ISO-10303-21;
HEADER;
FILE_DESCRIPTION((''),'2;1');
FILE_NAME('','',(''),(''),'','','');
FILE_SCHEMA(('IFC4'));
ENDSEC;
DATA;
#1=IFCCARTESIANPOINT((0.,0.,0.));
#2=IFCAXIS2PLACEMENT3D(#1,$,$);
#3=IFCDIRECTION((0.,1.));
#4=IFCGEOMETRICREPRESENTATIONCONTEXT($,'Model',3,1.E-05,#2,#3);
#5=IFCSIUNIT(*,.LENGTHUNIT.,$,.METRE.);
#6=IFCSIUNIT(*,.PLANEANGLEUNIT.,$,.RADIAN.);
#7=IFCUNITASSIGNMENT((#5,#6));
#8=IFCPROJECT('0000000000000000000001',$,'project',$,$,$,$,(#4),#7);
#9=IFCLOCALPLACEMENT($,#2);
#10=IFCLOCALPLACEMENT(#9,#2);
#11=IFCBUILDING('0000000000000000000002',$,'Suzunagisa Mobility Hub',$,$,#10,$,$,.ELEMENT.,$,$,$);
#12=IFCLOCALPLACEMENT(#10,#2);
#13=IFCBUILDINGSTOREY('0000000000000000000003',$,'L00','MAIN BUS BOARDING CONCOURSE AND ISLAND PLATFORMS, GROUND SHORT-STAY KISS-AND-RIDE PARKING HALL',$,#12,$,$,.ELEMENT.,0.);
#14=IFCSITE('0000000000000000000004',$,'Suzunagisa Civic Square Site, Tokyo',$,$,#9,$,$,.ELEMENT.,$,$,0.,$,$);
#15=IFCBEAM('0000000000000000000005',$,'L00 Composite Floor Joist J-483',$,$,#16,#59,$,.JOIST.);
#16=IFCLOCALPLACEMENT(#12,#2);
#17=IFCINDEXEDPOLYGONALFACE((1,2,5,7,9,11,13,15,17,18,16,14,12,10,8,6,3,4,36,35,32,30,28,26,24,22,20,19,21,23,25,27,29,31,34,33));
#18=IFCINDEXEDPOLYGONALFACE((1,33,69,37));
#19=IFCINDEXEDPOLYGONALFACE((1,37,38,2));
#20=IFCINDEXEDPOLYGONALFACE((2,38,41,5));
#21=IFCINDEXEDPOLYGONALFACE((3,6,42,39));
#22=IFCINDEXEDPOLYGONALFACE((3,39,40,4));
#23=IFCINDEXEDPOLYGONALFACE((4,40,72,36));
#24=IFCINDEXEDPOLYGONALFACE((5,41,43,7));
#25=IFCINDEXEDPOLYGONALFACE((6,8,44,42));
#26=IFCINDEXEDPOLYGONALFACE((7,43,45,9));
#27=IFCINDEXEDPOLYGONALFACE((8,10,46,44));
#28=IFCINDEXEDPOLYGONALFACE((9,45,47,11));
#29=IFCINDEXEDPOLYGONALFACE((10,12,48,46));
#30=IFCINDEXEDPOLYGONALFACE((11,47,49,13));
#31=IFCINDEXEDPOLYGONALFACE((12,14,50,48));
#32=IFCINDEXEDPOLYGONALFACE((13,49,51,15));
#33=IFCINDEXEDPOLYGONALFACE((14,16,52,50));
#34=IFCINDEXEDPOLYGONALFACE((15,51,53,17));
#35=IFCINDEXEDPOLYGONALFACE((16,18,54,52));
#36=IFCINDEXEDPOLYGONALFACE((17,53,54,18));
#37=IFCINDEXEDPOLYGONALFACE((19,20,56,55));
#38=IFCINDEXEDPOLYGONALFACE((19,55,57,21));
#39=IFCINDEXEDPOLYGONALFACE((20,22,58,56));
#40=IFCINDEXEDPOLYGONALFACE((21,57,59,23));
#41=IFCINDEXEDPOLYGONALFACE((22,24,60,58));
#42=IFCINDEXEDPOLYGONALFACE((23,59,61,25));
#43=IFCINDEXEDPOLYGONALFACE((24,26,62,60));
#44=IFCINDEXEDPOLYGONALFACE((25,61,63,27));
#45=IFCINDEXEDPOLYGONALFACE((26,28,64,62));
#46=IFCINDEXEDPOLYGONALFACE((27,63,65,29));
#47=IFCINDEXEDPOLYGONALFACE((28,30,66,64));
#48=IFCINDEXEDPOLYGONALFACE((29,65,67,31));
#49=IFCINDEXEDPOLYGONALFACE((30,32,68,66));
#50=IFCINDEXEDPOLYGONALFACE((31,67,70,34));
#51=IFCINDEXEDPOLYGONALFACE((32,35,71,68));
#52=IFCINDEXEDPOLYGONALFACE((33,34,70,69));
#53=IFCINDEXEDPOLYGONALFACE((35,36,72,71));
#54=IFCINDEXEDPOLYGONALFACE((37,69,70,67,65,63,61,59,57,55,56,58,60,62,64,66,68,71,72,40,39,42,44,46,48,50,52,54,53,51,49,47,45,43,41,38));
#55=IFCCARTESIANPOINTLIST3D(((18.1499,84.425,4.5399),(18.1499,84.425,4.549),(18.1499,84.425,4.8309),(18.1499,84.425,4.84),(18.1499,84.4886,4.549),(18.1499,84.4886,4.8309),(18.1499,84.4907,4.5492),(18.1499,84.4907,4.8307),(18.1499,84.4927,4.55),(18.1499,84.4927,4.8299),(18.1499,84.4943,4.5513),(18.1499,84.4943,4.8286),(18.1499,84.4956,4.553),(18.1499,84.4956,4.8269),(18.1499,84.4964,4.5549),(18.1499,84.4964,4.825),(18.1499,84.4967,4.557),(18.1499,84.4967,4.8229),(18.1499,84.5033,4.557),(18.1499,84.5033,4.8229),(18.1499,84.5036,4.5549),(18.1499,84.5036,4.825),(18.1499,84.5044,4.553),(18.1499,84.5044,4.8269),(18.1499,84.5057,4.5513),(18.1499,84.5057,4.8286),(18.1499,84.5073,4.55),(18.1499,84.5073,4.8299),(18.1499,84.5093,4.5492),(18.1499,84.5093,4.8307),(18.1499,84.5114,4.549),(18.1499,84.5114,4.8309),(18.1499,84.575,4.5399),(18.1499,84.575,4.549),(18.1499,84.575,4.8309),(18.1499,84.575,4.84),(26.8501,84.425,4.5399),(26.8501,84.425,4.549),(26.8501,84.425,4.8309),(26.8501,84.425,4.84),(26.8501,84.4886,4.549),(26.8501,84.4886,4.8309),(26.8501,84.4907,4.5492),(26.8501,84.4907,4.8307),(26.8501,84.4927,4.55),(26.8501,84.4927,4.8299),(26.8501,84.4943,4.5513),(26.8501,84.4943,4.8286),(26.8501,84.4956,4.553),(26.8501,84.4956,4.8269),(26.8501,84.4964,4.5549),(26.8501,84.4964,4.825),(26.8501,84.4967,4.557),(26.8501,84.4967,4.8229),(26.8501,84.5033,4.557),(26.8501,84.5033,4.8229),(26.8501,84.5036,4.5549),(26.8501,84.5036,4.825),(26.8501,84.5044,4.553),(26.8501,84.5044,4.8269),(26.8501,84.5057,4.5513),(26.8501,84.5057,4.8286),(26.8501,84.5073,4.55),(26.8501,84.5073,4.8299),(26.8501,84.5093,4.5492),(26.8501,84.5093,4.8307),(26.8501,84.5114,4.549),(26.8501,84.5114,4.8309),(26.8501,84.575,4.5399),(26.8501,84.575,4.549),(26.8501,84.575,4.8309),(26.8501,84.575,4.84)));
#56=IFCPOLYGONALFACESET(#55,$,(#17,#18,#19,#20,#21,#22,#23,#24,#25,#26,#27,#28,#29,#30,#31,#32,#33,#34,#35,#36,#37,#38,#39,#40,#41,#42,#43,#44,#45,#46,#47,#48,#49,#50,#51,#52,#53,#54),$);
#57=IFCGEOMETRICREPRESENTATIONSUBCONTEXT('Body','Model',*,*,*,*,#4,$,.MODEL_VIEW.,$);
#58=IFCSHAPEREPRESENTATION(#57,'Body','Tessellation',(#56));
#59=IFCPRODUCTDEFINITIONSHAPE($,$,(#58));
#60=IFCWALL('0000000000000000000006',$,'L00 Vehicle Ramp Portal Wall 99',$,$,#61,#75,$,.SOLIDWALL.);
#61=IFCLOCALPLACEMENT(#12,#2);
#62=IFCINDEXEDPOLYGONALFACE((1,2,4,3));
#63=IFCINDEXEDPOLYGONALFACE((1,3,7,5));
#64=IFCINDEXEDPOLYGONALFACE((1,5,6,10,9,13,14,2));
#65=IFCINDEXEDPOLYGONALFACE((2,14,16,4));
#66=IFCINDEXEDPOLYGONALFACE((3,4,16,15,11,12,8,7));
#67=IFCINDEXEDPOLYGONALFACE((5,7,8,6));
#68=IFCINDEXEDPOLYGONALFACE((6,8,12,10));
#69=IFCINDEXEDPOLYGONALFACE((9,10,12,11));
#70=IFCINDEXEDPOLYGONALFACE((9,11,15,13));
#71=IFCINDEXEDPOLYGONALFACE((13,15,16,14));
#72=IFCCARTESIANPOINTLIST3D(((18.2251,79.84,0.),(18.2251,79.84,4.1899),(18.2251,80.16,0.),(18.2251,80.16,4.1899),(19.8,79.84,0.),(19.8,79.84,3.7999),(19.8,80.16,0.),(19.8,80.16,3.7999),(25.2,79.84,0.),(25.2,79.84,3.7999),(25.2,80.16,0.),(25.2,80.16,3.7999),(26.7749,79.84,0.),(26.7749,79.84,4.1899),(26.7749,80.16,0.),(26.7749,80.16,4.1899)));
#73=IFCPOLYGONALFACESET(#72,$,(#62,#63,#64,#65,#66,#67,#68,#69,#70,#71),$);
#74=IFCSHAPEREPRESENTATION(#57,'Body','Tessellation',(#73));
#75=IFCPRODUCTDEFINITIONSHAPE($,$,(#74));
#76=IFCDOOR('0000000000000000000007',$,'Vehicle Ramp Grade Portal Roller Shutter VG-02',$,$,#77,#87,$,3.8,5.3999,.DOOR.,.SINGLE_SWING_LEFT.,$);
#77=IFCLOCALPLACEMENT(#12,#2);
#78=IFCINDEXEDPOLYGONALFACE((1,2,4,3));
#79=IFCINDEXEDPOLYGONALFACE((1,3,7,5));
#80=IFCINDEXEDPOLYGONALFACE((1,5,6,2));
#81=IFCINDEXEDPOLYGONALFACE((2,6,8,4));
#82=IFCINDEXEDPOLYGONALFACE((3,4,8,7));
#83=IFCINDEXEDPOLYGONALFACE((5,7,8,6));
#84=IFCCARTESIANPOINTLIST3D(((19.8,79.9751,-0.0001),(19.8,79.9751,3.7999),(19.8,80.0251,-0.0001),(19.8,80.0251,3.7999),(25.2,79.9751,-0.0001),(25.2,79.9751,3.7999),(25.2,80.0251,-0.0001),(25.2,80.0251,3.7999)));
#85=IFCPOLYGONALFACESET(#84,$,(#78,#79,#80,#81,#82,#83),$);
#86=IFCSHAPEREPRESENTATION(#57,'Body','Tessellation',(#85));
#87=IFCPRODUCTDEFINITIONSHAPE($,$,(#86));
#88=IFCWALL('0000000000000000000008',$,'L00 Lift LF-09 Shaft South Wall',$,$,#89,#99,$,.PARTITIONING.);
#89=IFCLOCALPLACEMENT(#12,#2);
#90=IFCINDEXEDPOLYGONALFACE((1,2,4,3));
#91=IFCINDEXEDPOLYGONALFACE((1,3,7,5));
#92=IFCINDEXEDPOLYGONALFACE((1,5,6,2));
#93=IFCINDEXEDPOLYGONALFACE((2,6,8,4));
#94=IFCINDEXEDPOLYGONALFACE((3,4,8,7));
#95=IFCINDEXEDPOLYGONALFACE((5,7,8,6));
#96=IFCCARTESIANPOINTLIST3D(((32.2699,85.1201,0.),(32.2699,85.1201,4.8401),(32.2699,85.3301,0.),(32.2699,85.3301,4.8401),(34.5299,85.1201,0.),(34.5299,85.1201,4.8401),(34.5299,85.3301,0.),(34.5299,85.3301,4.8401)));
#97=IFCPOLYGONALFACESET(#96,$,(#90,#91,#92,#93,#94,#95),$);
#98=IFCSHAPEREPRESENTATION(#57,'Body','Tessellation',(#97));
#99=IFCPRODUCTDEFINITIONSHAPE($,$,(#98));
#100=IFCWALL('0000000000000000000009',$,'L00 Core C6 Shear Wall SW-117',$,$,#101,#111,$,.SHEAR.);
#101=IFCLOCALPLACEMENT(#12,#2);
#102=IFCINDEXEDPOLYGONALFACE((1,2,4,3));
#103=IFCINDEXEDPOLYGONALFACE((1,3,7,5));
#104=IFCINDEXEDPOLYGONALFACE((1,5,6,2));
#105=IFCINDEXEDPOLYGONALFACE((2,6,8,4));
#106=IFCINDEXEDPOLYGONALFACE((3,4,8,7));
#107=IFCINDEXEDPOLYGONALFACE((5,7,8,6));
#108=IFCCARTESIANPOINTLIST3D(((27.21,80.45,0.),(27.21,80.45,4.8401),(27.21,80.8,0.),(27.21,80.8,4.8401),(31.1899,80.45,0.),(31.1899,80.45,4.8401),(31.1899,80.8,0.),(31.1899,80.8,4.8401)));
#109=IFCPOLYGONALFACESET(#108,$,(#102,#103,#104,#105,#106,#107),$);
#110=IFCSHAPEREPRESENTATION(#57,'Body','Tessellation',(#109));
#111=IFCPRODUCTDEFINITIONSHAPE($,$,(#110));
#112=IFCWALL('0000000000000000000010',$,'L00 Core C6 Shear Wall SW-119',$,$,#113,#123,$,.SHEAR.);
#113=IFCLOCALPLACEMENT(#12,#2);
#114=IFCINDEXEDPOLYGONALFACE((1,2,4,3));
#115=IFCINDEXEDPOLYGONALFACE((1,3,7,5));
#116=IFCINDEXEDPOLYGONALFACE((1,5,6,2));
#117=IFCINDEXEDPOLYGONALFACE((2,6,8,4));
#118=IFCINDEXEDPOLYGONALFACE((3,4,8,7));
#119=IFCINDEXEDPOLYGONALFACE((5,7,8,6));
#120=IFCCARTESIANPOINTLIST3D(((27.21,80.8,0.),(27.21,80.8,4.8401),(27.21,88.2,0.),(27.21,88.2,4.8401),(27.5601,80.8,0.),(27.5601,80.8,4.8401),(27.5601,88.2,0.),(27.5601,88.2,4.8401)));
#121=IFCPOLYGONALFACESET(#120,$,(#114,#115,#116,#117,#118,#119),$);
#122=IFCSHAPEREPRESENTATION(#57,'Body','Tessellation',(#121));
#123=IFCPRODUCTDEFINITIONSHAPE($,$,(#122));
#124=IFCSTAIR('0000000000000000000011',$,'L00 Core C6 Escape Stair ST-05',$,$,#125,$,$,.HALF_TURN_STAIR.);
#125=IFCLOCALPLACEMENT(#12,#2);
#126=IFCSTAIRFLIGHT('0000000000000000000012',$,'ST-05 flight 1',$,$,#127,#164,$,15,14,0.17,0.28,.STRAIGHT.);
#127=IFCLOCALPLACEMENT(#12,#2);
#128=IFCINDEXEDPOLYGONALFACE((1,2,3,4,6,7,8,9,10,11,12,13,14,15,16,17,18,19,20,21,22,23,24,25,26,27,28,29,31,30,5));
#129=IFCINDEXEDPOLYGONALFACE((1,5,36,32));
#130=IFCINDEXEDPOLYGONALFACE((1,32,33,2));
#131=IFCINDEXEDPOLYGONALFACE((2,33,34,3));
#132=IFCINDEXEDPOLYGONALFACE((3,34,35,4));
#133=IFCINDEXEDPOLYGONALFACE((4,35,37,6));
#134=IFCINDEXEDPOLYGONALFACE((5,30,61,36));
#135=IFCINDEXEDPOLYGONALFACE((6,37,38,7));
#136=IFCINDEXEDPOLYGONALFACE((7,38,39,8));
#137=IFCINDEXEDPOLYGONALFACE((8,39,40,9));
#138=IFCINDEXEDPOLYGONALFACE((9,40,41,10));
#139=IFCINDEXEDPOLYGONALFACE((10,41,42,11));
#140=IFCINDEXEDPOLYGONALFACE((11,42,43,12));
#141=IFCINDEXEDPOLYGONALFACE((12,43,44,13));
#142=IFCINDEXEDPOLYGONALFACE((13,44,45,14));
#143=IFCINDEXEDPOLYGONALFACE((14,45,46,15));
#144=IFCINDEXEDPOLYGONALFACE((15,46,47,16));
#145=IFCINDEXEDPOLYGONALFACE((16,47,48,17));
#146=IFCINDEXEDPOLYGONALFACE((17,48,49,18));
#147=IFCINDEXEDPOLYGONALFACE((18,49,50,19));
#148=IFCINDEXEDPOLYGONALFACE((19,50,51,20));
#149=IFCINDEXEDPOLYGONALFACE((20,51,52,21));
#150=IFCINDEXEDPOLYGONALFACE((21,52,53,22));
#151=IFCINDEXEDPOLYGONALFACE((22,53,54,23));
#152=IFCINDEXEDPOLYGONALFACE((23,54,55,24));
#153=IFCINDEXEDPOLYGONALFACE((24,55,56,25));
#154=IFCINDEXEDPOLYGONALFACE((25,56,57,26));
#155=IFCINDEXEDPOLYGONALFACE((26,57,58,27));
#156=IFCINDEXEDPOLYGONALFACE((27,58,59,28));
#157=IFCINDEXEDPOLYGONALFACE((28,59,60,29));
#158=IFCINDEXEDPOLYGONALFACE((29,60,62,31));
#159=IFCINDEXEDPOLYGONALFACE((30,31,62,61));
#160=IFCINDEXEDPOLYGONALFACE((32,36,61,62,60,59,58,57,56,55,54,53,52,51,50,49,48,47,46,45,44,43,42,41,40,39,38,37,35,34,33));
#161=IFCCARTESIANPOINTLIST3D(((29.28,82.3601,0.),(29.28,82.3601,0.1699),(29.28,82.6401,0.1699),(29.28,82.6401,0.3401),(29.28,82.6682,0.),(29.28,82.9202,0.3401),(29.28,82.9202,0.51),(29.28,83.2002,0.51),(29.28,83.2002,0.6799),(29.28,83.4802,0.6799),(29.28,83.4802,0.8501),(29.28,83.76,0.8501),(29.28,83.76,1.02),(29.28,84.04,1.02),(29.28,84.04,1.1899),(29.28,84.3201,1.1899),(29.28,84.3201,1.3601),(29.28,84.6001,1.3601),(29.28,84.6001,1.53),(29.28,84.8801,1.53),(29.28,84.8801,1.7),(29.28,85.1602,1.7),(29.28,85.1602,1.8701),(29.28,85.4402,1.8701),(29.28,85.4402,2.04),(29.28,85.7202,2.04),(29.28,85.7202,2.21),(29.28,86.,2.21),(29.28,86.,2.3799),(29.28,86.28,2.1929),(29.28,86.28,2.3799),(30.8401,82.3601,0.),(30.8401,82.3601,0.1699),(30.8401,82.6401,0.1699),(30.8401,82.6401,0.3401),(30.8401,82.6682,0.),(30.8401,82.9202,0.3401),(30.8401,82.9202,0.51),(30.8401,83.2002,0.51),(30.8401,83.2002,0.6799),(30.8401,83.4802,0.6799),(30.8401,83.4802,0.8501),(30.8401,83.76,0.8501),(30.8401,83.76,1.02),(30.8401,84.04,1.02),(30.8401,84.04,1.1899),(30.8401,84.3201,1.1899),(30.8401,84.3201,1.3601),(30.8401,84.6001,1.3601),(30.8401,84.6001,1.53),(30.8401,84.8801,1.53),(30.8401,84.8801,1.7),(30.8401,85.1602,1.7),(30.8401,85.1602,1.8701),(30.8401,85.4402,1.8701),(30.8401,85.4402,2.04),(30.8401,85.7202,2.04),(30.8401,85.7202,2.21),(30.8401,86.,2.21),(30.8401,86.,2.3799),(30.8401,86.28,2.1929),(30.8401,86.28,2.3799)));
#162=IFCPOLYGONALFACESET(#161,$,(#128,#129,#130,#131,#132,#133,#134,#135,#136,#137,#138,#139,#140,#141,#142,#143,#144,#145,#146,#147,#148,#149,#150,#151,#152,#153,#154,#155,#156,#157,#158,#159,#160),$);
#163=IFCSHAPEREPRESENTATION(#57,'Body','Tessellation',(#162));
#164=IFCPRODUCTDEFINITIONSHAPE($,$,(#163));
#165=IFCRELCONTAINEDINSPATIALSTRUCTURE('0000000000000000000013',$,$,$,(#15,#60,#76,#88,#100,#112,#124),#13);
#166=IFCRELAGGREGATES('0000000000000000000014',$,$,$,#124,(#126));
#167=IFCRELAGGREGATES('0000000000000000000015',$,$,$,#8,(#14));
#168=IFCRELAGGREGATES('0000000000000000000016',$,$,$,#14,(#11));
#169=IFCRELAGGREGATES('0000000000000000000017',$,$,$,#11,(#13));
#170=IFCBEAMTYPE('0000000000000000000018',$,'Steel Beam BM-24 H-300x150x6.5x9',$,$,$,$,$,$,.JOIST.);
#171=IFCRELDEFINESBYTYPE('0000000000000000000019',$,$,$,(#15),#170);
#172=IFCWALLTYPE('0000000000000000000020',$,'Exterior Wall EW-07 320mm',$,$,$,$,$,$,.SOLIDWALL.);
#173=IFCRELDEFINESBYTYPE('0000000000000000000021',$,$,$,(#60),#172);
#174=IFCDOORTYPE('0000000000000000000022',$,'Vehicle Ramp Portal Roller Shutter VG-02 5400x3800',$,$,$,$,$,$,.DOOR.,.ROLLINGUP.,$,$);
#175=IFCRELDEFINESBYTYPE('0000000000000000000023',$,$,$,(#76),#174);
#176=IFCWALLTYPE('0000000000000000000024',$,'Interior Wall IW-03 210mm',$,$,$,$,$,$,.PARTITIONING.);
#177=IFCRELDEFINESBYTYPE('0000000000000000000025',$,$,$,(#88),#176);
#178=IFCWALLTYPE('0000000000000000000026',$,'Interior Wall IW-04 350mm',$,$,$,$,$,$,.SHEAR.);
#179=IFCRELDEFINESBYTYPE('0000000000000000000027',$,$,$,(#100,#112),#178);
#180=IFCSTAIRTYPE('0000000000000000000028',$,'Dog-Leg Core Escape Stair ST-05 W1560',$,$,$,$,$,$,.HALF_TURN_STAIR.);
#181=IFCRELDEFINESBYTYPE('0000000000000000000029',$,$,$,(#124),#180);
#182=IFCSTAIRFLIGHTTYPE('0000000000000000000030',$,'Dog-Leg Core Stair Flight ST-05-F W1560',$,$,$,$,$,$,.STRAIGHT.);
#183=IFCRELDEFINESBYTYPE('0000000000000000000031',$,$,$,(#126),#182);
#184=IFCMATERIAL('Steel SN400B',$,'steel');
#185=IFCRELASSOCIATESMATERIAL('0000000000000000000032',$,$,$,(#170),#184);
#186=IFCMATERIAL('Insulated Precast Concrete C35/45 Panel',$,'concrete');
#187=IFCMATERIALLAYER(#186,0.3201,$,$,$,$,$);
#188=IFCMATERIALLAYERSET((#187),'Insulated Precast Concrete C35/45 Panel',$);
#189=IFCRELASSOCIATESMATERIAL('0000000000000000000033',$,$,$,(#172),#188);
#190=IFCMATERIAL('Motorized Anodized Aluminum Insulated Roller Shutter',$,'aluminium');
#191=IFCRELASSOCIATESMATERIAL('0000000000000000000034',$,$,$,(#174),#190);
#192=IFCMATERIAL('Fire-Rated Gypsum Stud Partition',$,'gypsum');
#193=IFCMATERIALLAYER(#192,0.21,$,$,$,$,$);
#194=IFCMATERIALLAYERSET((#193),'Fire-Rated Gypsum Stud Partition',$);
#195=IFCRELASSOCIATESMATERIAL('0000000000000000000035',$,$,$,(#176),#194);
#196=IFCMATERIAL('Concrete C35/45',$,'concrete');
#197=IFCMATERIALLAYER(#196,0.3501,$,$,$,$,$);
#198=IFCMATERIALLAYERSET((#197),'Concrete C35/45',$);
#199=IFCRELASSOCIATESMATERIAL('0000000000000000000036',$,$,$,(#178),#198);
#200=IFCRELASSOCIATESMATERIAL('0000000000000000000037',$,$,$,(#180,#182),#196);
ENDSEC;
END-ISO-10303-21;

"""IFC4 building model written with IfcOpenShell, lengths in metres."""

from ifc_helpers import new_model, si_unit, direction, frame, frame_2d, origin, origin_2d, place, context, subcontext, project, spatial, polyline, rectangle, i_section, outline, extrude, material, layer, layer_set, material_profile, profile_set, type_object, element, fill, aggregate, save


model = new_model("IFC4")

# Units and contexts
model_context = context("Model", 3, precision=1e-05, world=origin(), true_north=direction((0.0, 1.0)))
body_context = subcontext(model_context, "Body", "Model", "MODEL_VIEW")
ifc_project = project(units=[si_unit("LENGTHUNIT", "METRE"), si_unit("PLANEANGLEUNIT", "RADIAN")], contexts=[model_context])

# Site, building, storey
site_placement = place(None, origin())
site = spatial("IfcSite", under=ifc_project, at=site_placement, Name="Suzunagisa Civic Square Site, Tokyo", CompositionType="ELEMENT", RefElevation=0.0)
building_placement = place(site_placement, origin())
building = spatial("IfcBuilding", under=site, at=building_placement, Name="Suzunagisa Mobility Hub", CompositionType="ELEMENT")
storey_placement = place(building_placement, origin())
storey = spatial("IfcBuildingStorey", under=building, at=storey_placement, Name="L00", Description="MAIN BUS BOARDING CONCOURSE AND ISLAND PLATFORMS, GROUND SHORT-STAY KISS-AND-RIDE PARKING HALL", CompositionType="ELEMENT", Elevation=0.0)

# Beam
ifc_material_1 = material(Name="Steel SN400B", Category="steel")
ifc_material_profile_1 = material_profile(ifc_material_1, i_section(OverallWidth=0.1499, OverallDepth=0.3, WebThickness=0.0066, FlangeThickness=0.009, FilletRadius=0.0081, at=origin_2d()), Name="H-300x150x6.5x9")
ifc_profile_set_1 = profile_set([ifc_material_profile_1], Name="Steel SN400B")
beam_type_1 = type_object("IfcBeamType", Name="Steel Beam BM-24 H-300x150x6.5x9", PredefinedType="JOIST", material=ifc_profile_set_1)
beam_1_placement = place(storey_placement, frame((18.1499, 84.5, 4.6899), z_axis=(1.0, 0.0, 0.0), x_axis=(0.0, 1.0, 0.0)))
element("IfcBeam", 1, at=beam_1_placement, inside=storey, type_object=beam_type_1, Name="L00 Composite Floor Joist J-483", PredefinedType="JOIST", context=body_context, shape_type="SweptSolid", body=[
    extrude(i_section(OverallWidth=0.1499, OverallDepth=0.3, WebThickness=0.0066, FlangeThickness=0.009, FilletRadius=0.0081, at=origin_2d()), origin(), (0.0, 0.0, 1.0), 8.7002),
])

# Wall, opening, door
ifc_material_2 = material(Name="Insulated Precast Concrete C35/45 Panel", Category="concrete")
ifc_layer_1 = layer(ifc_material_2, 0.3201)
ifc_layer_set_1 = layer_set([ifc_layer_1], Name="Insulated Precast Concrete C35/45 Panel")
wall_type_1 = type_object("IfcWallType", Name="Exterior Wall EW-07 320mm", PredefinedType="SOLIDWALL", material=ifc_layer_set_1)
wall_1_placement = place(storey_placement, frame((18.2251, 80.0, 0.0), z_axis=(0.0, 0.0, 1.0), x_axis=(1.0, 0.0, 0.0)))
wall_1 = element("IfcWall", 2, at=wall_1_placement, inside=storey, type_object=wall_type_1, Name="L00 Vehicle Ramp Portal Wall 99", PredefinedType="SOLIDWALL", context=body_context, shape_type="SweptSolid", body=[
    extrude(rectangle(XDim=8.5498, YDim=0.3201, at=frame_2d((4.2749, 0.0))), origin(), (0.0, 0.0, 1.0), 4.1899),
])
opening_1_placement = place(wall_1_placement, frame((6.9749, 0.0, 0.0), z_axis=(0.0, 0.0, 1.0), x_axis=(-1.0, 0.0, 0.0)))
opening_1 = element("IfcOpeningElement", 3, at=opening_1_placement, cuts=wall_1, PredefinedType="OPENING", context=body_context, shape_type="SweptSolid", body=[
    extrude(rectangle(XDim=5.3999, YDim=3.8, at=frame_2d((2.7, 1.8999))), frame((0.0, 0.1709, 0.0), z_axis=(0.0, -1.0, 0.0), x_axis=(1.0, 0.0, 0.0)), (0.0, 0.0, 1.0), 0.342),
])
ifc_material_3 = material(Name="Motorized Anodized Aluminum Insulated Roller Shutter", Category="aluminium")
door_type_1 = type_object("IfcDoorType", Name="Vehicle Ramp Portal Roller Shutter VG-02 5400x3800", OperationType="ROLLINGUP", PredefinedType="DOOR", material=ifc_material_3)
door_1_placement = place(opening_1_placement, origin())
door_1 = element("IfcDoor", 4, at=door_1_placement, inside=storey, type_object=door_type_1, Name="Vehicle Ramp Grade Portal Roller Shutter VG-02", OperationType="SINGLE_SWING_LEFT", OverallHeight=3.8, OverallWidth=5.3999, PredefinedType="DOOR", context=body_context, shape_type="SweptSolid", body=[
    extrude(rectangle(XDim=5.3999, YDim=3.8, at=frame_2d((2.7, 1.8999))), frame((0.0, 0.0249, 0.0), z_axis=(0.0, -1.0, 0.0), x_axis=(1.0, 0.0, 0.0)), (0.0, 0.0, 1.0), 0.05),
])
fill(opening_1, door_1)
ifc_material_4 = material(Name="Fire-Rated Gypsum Stud Partition", Category="gypsum")
ifc_layer_2 = layer(ifc_material_4, 0.21)
ifc_layer_set_2 = layer_set([ifc_layer_2], Name="Fire-Rated Gypsum Stud Partition")
wall_type_2 = type_object("IfcWallType", Name="Interior Wall IW-03 210mm", PredefinedType="PARTITIONING", material=ifc_layer_set_2)

# Walls
wall_2_placement = place(storey_placement, frame((32.27, 85.2251, 0.0), z_axis=(0.0, 0.0, 1.0), x_axis=(1.0, 0.0, 0.0)))
element("IfcWall", 5, at=wall_2_placement, inside=storey, type_object=wall_type_2, Name="L00 Lift LF-09 Shaft South Wall", PredefinedType="PARTITIONING", context=body_context, shape_type="SweptSolid", body=[
    extrude(rectangle(XDim=2.26, YDim=0.21, at=frame_2d((1.1299, 0.0))), origin(), (0.0, 0.0, 1.0), 4.8401),
])
ifc_material_5 = material(Name="Concrete C35/45", Category="concrete")
ifc_layer_3 = layer(ifc_material_5, 0.3501)
ifc_layer_set_3 = layer_set([ifc_layer_3], Name="Concrete C35/45")
wall_type_3 = type_object("IfcWallType", Name="Interior Wall IW-04 350mm", PredefinedType="SHEAR", material=ifc_layer_set_3)
wall_3_placement = place(storey_placement, frame((27.21, 80.625, 0.0), z_axis=(0.0, 0.0, 1.0), x_axis=(1.0, 0.0, 0.0)))
element("IfcWall", 6, at=wall_3_placement, inside=storey, type_object=wall_type_3, Name="L00 Core C6 Shear Wall SW-117", PredefinedType="SHEAR", context=body_context, shape_type="SweptSolid", body=[
    extrude(rectangle(XDim=3.98, YDim=0.3501, at=frame_2d((1.99, 0.0))), origin(), (0.0, 0.0, 1.0), 4.8401),
])
wall_4_placement = place(storey_placement, frame((27.385, 80.8, 0.0), z_axis=(0.0, 0.0, 1.0), x_axis=(0.0, 1.0, 0.0)))
element("IfcWall", 7, at=wall_4_placement, inside=storey, type_object=wall_type_3, Name="L00 Core C6 Shear Wall SW-119", PredefinedType="SHEAR", context=body_context, shape_type="SweptSolid", body=[
    extrude(rectangle(XDim=7.3999, YDim=0.3501, at=frame_2d((3.7, 0.0))), origin(), (0.0, 0.0, 1.0), 4.8401),
])

# Stair, stair flight
stair_type = type_object("IfcStairType", Name="Dog-Leg Core Escape Stair ST-05 W1560", PredefinedType="HALF_TURN_STAIR", material=ifc_material_5)
stair_placement = place(storey_placement, origin())
stair = element("IfcStair", 8, at=stair_placement, inside=storey, type_object=stair_type, Name="L00 Core C6 Escape Stair ST-05", PredefinedType="HALF_TURN_STAIR")
stair_flight_type = type_object("IfcStairFlightType", Name="Dog-Leg Core Stair Flight ST-05-F W1560", PredefinedType="STRAIGHT", material=ifc_material_5)
stair_flight_placement = place(storey_placement, frame((30.0601, 82.3601, 0.0), z_axis=(0.0, 0.0, 1.0), x_axis=(0.0, 1.0, 0.0)))
stair_flight = element("IfcStairFlight", 9, at=stair_flight_placement, type_object=stair_flight_type, Name="ST-05 flight 1", NumberOfRisers=15, NumberOfTreads=14, PredefinedType="STRAIGHT", RiserHeight=0.17, TreadLength=0.28, context=body_context, shape_type="SweptSolid", body=[
    extrude(outline(polyline([(0.0, 0.0), (0.0, 0.1699), (0.28, 0.1699), (0.28, 0.3401), (0.5601, 0.3401), (0.5601, 0.51), (0.8401, 0.51), (0.8401, 0.6799), (1.1201, 0.6799), (1.1201, 0.8501), (1.3999, 0.8501), (1.3999, 1.02), (1.6799, 1.02), (1.6799, 1.1899), (1.96, 1.1899), (1.96, 1.3601), (2.24, 1.3601), (2.24, 1.53), (2.52, 1.53), (2.52, 1.7), (2.8, 1.7), (2.8, 1.8701), (3.0801, 1.8701), (3.0801, 2.04), (3.3601, 2.04), (3.3601, 2.21), (3.6399, 2.21), (3.6399, 2.3799), (3.9199, 2.3799), (3.9199, 2.55), (3.9199, 2.1929), (0.3081, 0.0), (0.0, 0.0)])), frame((0.0, 0.78, 0.0), z_axis=(0.0, -1.0, 0.0), x_axis=(1.0, 0.0, 0.0)), (0.0, 0.0, 1.0), 1.5601),
])
aggregate(stair, [stair_flight])

save(model, "model.ifc")
